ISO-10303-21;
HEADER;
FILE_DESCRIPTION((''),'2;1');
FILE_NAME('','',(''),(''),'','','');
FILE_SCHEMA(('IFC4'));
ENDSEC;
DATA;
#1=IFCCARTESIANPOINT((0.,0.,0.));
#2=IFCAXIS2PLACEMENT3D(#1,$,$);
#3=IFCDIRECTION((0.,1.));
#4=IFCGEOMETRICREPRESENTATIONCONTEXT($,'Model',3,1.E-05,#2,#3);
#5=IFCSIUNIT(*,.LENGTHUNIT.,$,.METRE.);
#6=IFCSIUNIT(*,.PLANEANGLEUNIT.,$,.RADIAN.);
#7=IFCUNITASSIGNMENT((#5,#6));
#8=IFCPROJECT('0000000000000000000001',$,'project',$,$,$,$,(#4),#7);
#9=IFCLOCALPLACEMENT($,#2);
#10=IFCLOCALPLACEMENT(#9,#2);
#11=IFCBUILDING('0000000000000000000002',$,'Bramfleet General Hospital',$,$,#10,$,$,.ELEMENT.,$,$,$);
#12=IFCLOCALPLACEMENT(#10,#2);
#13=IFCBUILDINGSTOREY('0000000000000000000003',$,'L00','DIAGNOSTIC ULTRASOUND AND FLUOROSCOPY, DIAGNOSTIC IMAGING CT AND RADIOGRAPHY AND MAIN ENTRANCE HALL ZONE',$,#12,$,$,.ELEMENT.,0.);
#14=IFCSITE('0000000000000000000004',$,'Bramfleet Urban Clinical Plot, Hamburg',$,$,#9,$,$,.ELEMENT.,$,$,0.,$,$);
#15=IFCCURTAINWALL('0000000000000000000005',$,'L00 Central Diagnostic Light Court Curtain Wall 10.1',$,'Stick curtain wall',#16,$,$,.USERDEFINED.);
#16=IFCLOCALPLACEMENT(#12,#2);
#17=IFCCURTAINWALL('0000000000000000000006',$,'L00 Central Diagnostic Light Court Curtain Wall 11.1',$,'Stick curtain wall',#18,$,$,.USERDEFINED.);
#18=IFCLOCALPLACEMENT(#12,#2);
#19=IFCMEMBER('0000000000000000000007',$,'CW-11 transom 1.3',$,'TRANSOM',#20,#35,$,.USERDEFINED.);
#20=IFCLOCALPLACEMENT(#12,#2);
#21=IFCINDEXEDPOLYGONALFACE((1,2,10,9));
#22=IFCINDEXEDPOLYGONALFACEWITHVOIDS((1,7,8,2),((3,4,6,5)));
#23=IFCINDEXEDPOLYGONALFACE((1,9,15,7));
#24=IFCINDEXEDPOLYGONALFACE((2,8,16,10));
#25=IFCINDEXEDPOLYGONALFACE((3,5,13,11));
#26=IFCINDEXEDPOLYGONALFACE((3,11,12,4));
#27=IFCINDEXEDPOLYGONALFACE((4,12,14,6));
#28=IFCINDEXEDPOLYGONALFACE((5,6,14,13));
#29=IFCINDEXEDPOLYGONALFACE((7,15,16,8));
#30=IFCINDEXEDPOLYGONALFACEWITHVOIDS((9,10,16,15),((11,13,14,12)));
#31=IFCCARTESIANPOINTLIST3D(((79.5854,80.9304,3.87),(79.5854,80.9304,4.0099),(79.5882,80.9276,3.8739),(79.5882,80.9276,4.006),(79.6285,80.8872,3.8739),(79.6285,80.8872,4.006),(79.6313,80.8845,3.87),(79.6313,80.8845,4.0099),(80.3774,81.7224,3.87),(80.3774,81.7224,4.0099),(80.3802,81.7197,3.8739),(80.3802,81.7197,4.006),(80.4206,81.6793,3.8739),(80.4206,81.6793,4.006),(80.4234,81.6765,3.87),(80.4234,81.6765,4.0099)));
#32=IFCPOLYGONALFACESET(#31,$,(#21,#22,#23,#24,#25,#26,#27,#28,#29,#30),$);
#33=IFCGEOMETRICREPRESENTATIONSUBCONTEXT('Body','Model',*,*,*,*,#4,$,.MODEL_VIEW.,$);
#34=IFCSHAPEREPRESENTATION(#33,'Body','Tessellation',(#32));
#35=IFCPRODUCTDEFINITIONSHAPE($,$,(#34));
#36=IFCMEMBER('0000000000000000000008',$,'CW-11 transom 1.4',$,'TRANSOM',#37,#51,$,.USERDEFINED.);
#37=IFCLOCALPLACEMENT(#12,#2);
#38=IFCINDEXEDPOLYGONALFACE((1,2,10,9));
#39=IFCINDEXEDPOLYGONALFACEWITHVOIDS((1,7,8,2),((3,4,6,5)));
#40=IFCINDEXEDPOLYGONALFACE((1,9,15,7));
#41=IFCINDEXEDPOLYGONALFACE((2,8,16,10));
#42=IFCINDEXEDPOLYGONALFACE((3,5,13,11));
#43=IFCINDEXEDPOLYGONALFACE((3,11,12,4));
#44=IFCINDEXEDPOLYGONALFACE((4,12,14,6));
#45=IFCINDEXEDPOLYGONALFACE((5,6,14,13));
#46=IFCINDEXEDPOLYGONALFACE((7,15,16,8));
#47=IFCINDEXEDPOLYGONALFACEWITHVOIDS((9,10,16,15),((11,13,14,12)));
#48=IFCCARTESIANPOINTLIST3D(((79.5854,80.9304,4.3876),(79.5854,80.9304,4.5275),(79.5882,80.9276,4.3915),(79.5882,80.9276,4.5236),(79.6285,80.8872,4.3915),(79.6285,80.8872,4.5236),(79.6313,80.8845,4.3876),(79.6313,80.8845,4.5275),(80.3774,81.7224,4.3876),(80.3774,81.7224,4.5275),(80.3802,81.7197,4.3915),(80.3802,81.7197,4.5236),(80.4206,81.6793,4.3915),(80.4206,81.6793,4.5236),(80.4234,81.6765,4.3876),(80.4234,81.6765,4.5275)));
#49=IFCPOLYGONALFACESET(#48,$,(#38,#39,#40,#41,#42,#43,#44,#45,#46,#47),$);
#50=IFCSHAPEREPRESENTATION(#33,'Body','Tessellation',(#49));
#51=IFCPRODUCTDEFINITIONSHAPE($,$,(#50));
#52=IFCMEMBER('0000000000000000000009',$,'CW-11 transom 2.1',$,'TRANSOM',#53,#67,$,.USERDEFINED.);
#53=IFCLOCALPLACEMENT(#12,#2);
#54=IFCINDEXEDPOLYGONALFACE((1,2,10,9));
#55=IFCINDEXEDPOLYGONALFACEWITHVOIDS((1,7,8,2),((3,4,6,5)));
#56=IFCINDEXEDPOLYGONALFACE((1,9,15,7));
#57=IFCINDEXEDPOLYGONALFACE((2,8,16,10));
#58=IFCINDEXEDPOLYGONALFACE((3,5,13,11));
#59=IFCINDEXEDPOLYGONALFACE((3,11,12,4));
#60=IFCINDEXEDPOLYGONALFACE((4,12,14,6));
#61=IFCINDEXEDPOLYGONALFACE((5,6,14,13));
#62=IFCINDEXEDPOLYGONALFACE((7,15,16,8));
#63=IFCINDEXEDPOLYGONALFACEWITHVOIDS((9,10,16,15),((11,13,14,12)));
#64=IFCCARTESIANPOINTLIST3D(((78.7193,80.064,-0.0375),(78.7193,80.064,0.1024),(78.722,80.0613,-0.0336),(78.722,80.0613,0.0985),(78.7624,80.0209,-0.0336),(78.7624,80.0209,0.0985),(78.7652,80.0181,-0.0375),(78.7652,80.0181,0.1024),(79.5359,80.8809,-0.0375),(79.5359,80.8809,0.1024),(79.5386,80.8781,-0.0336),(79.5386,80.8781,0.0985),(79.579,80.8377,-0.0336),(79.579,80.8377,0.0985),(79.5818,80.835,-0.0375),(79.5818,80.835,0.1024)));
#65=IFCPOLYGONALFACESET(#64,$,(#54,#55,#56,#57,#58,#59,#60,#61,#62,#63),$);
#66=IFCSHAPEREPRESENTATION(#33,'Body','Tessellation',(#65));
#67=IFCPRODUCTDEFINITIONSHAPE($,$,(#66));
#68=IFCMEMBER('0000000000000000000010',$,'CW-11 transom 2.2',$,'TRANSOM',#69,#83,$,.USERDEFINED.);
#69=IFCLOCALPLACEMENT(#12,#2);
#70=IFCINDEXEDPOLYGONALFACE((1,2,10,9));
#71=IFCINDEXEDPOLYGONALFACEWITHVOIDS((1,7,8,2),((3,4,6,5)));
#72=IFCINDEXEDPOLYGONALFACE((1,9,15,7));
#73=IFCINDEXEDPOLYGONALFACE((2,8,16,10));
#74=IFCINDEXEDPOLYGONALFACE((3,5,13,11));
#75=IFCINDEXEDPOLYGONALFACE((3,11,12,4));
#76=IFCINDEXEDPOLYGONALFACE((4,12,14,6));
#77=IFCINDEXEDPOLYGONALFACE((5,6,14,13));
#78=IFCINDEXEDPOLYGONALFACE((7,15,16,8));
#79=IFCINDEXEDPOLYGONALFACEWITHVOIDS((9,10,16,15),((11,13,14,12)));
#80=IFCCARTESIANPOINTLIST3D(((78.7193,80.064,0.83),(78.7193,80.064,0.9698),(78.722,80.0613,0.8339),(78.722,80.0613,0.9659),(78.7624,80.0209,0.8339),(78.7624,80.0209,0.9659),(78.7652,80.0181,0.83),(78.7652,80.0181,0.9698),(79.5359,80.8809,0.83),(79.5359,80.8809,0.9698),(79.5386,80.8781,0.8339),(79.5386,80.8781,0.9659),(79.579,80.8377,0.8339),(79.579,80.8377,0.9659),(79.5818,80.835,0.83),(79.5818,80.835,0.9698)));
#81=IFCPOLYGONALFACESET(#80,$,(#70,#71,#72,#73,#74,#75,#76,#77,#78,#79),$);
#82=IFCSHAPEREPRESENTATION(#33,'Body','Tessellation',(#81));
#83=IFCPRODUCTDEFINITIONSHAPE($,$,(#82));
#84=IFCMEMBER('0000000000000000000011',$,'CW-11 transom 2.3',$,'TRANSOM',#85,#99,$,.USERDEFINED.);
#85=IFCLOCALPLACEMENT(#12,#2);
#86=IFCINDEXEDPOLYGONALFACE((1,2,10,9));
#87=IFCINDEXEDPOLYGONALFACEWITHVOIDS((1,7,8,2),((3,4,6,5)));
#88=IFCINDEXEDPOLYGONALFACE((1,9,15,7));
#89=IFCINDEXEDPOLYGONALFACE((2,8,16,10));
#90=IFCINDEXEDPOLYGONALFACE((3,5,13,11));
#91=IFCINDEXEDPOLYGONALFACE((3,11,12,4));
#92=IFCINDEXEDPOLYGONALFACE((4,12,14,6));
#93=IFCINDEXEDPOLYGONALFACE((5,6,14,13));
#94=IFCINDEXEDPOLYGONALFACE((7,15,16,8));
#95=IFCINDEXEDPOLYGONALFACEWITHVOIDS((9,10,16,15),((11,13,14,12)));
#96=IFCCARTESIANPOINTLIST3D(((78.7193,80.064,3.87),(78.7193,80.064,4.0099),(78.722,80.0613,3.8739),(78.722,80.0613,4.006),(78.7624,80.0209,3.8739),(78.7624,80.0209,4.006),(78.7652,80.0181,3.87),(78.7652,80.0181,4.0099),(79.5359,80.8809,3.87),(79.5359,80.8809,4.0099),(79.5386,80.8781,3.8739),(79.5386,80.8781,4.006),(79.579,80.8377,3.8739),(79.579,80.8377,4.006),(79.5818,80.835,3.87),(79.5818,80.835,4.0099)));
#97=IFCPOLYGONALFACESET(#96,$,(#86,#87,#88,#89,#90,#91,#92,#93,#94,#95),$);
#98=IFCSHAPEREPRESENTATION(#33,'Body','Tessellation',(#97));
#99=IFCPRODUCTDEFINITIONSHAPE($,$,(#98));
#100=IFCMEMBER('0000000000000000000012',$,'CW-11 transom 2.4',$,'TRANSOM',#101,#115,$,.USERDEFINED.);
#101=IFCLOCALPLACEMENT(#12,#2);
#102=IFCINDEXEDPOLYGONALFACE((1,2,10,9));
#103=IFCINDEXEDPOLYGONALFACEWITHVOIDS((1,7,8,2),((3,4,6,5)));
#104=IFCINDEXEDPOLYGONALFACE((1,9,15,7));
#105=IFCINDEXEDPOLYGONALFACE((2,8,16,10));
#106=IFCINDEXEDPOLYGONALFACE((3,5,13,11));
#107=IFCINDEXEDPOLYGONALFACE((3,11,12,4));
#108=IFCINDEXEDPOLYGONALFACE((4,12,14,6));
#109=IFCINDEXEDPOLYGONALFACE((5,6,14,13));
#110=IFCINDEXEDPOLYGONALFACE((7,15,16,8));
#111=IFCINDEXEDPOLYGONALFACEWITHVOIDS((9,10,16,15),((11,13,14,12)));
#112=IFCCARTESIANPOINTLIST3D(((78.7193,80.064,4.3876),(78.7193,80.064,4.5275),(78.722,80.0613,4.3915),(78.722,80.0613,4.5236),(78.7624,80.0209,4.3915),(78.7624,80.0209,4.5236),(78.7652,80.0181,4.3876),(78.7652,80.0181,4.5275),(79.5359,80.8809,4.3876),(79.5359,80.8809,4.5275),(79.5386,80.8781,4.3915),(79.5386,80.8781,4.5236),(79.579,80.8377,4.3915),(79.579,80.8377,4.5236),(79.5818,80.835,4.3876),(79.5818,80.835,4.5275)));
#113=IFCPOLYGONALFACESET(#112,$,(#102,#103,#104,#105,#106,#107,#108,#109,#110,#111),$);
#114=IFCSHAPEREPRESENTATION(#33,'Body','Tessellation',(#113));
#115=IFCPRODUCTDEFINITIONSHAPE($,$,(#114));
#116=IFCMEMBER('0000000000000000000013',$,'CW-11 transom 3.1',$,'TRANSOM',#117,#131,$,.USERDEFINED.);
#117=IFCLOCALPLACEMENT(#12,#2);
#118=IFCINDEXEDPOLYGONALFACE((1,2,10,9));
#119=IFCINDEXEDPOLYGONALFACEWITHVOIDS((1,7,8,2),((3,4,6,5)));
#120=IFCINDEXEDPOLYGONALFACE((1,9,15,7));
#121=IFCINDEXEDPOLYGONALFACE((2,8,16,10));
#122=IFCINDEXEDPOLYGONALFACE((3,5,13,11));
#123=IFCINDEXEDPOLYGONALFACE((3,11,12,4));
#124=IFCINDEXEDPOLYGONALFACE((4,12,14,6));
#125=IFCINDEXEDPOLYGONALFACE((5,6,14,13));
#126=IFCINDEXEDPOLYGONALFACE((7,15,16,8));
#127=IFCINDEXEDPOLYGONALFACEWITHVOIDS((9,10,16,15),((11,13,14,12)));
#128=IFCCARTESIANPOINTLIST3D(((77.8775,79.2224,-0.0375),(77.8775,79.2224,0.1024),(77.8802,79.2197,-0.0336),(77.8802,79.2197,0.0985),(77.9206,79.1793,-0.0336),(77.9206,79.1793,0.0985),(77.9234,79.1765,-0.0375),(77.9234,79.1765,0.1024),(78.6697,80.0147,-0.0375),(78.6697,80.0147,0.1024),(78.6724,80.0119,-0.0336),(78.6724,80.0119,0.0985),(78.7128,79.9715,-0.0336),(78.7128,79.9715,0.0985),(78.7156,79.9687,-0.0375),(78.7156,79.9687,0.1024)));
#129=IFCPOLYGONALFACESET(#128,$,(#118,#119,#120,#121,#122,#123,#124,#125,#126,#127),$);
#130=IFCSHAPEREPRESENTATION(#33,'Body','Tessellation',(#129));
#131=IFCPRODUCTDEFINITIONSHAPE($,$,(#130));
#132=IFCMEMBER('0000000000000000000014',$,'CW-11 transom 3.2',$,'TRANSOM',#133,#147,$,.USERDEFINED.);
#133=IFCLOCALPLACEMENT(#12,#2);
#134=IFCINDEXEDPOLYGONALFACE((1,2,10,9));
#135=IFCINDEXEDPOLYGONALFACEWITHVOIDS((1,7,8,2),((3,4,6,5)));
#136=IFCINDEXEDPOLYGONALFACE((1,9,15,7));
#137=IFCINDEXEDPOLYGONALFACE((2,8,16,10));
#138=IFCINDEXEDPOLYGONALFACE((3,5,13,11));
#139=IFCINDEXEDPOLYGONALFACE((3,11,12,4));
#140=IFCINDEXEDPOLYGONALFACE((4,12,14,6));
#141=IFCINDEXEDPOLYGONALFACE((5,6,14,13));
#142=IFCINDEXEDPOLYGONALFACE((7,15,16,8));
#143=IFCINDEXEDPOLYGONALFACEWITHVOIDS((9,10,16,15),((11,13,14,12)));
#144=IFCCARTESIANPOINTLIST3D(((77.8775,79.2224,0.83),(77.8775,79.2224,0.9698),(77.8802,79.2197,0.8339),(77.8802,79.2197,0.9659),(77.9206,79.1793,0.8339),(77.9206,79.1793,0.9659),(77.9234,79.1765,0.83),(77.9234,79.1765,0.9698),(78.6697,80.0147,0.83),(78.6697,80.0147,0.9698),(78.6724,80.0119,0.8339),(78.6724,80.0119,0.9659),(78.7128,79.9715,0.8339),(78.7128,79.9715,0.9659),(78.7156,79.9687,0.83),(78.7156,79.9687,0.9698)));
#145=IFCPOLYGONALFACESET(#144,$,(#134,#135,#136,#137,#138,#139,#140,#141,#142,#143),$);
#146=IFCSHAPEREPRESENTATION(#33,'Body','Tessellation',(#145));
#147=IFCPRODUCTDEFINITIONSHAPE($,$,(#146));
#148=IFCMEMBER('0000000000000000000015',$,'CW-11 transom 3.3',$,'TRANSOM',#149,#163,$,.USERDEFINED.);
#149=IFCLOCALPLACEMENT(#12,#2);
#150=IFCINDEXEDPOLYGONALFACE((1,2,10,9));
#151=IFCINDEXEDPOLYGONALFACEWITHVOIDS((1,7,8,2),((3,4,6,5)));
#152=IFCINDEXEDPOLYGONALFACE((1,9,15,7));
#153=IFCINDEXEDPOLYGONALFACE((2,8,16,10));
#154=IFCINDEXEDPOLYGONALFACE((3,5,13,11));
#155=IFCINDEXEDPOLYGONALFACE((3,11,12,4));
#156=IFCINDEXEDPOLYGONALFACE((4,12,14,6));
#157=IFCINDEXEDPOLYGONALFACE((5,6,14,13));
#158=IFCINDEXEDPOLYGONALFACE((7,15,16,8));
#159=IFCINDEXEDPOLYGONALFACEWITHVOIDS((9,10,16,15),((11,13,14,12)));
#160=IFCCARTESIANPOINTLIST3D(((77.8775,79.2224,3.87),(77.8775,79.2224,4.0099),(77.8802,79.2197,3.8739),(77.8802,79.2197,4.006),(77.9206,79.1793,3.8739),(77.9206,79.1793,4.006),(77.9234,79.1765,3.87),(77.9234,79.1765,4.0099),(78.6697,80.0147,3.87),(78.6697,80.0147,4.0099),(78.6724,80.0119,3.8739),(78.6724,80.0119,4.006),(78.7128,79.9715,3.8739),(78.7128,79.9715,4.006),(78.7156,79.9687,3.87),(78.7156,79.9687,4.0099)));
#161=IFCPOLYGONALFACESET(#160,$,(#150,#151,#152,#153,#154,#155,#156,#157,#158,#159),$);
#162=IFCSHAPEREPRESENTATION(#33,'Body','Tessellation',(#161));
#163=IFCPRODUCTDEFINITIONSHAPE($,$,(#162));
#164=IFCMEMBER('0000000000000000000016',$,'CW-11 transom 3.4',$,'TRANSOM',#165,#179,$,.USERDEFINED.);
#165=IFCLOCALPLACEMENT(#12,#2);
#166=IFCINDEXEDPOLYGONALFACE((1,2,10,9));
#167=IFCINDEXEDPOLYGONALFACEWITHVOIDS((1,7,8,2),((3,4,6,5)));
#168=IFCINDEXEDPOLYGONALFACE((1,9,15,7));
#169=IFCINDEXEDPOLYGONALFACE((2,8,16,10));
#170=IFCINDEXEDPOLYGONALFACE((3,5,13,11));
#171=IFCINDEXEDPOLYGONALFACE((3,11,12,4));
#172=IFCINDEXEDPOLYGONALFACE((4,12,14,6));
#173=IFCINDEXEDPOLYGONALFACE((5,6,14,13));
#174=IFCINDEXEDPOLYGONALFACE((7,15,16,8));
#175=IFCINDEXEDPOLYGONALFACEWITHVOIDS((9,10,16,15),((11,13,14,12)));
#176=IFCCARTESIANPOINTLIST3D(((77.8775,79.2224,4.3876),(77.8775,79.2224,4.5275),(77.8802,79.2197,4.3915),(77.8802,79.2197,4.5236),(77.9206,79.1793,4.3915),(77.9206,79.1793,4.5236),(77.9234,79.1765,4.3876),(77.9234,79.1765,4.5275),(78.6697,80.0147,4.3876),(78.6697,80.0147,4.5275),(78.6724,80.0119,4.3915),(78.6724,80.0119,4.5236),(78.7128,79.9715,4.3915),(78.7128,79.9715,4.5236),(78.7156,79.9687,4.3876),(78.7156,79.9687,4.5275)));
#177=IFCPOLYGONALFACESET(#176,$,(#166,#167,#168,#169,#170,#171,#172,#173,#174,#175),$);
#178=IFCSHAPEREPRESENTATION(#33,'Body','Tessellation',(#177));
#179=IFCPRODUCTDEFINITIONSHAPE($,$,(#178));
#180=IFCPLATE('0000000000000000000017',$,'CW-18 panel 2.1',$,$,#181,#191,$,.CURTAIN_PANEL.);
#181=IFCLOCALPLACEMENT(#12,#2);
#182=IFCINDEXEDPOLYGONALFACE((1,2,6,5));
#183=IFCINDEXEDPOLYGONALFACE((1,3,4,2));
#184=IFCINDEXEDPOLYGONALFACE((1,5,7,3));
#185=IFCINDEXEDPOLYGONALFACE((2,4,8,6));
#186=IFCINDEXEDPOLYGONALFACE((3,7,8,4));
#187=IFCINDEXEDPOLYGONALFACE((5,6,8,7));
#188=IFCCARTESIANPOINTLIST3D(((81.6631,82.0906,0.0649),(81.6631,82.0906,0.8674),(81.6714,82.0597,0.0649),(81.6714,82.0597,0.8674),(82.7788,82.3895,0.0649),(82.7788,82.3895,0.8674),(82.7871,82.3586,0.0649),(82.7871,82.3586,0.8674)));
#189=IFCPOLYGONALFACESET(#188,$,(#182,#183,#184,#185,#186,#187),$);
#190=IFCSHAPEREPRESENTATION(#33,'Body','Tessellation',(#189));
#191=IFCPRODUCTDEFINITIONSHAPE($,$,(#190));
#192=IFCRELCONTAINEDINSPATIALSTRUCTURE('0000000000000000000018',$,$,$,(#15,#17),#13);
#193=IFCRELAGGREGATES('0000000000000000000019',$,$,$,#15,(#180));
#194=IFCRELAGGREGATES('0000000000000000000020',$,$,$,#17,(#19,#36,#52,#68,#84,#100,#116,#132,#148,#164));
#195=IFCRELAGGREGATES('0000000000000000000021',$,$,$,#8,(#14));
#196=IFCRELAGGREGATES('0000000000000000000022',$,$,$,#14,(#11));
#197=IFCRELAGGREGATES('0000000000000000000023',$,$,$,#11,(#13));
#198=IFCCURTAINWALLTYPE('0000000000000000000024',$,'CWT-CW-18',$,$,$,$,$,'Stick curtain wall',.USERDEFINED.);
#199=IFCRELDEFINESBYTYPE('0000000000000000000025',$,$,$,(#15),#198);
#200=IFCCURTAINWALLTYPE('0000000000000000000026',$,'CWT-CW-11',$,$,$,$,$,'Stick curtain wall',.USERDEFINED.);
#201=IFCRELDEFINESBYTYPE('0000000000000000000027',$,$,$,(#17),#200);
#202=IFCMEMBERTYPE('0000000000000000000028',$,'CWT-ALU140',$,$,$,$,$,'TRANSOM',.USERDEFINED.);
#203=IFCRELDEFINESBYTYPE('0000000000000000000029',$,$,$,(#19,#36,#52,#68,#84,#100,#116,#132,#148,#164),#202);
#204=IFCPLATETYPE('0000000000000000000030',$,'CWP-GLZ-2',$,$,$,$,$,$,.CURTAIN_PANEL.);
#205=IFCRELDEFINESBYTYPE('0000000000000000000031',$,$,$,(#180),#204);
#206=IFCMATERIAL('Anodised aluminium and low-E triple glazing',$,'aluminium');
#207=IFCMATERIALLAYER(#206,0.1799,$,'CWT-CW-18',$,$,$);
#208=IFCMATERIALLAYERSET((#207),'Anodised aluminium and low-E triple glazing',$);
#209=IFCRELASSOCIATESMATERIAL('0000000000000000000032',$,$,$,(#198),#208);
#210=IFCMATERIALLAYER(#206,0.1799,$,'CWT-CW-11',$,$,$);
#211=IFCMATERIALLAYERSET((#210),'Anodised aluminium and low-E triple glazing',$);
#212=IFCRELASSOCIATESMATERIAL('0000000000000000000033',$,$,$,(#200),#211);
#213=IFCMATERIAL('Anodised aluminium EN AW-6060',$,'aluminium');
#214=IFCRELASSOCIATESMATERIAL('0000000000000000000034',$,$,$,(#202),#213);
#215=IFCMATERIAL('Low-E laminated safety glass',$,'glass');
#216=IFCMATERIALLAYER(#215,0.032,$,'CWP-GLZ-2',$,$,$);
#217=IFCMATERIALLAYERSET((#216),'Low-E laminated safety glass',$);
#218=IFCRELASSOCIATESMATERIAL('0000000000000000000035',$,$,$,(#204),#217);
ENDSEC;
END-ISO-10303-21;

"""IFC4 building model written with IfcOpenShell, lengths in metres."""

from ifc_helpers import new_model, si_unit, direction, frame, origin, origin_2d, place, context, subcontext, project, spatial, rectangle, hollow_rectangle, extrude, material, layer, layer_set, material_profile, profile_set, type_object, element, aggregate, save


model = new_model("IFC4")

# Units and contexts
model_context = context("Model", 3, precision=1e-05, world=origin(), true_north=direction((0.0, 1.0)))
body_context = subcontext(model_context, "Body", "Model", "MODEL_VIEW")
ifc_project = project(units=[si_unit("LENGTHUNIT", "METRE"), si_unit("PLANEANGLEUNIT", "RADIAN")], contexts=[model_context])

# Site, building, storey
site_placement = place(None, origin())
site = spatial("IfcSite", under=ifc_project, at=site_placement, Name="Bramfleet Urban Clinical Plot, Hamburg", CompositionType="ELEMENT", RefElevation=0.0)
building_placement = place(site_placement, origin())
building = spatial("IfcBuilding", under=site, at=building_placement, Name="Bramfleet General Hospital", CompositionType="ELEMENT")
storey_placement = place(building_placement, origin())
storey = spatial("IfcBuildingStorey", under=building, at=storey_placement, Name="L00", Description="DIAGNOSTIC ULTRASOUND AND FLUOROSCOPY, DIAGNOSTIC IMAGING CT AND RADIOGRAPHY AND MAIN ENTRANCE HALL ZONE", CompositionType="ELEMENT", Elevation=0.0)

# Curtain walls
ifc_material_1 = material(Name="Anodised aluminium and low-E triple glazing", Category="aluminium")
ifc_layer_1 = layer(ifc_material_1, 0.1799, Name="CWT-CW-18")
ifc_layer_set_1 = layer_set([ifc_layer_1], Name="Anodised aluminium and low-E triple glazing")
curtain_wall_type_1 = type_object("IfcCurtainWallType", Name="CWT-CW-18", ElementType="Stick curtain wall", PredefinedType="USERDEFINED", material=ifc_layer_set_1)
curtain_wall_1_placement = place(storey_placement, origin())
curtain_wall_1 = element("IfcCurtainWall", 1, at=curtain_wall_1_placement, inside=storey, type_object=curtain_wall_type_1, Name="L00 Central Diagnostic Light Court Curtain Wall 10.1", ObjectType="Stick curtain wall", PredefinedType="USERDEFINED")
ifc_material_2 = material(Name="Anodised aluminium EN AW-6060", Category="aluminium")
ifc_layer_2 = layer(ifc_material_1, 0.1799, Name="CWT-CW-11")
ifc_layer_set_2 = layer_set([ifc_layer_2], Name="Anodised aluminium and low-E triple glazing")
curtain_wall_type_2 = type_object("IfcCurtainWallType", Name="CWT-CW-11", ElementType="Stick curtain wall", PredefinedType="USERDEFINED", material=ifc_layer_set_2)
curtain_wall_2_placement = place(storey_placement, origin())
curtain_wall_2 = element("IfcCurtainWall", 2, at=curtain_wall_2_placement, inside=storey, type_object=curtain_wall_type_2, Name="L00 Central Diagnostic Light Court Curtain Wall 11.1", ObjectType="Stick curtain wall", PredefinedType="USERDEFINED")

# Members
ifc_material_profile_1 = material_profile(ifc_material_2, hollow_rectangle(XDim=0.0649, YDim=0.1399, WallThickness=0.0039, at=origin_2d()), Name="ALU 140x65x4.0")
ifc_profile_set_1 = profile_set([ifc_material_profile_1], Name="Anodised aluminium EN AW-6060")
member_type_1 = type_object("IfcMemberType", Name="CWT-ALU140", ElementType="TRANSOM", PredefinedType="USERDEFINED", material=ifc_profile_set_1)
member_1_placement = place(storey_placement, frame((80.4004, 81.6995, 3.9399), z_axis=(-0.707107, -0.707107, 0.0), x_axis=(0.707107, -0.707107, 0.0)))
member_1 = element("IfcMember", 3, at=member_1_placement, type_object=member_type_1, Name="CW-11 transom 1.3", ObjectType="TRANSOM", PredefinedType="USERDEFINED", context=body_context, shape_type="SweptSolid", body=[
    extrude(hollow_rectangle(XDim=0.0649, YDim=0.1399, WallThickness=0.0039, at=origin_2d()), origin(), (0.0, 0.0, 1.0), 1.1201),
])
member_2_placement = place(storey_placement, frame((80.4004, 81.6995, 4.4575), z_axis=(-0.707107, -0.707107, 0.0), x_axis=(0.707107, -0.707107, 0.0)))
member_2 = element("IfcMember", 4, at=member_2_placement, type_object=member_type_1, Name="CW-11 transom 1.4", ObjectType="TRANSOM", PredefinedType="USERDEFINED", context=body_context, shape_type="SweptSolid", body=[
    extrude(hollow_rectangle(XDim=0.0649, YDim=0.1399, WallThickness=0.0039, at=origin_2d()), origin(), (0.0, 0.0, 1.0), 1.1201),
])
member_3_placement = place(storey_placement, frame((79.5588, 80.8579, 0.0325), z_axis=(-0.707001, -0.707212, 0.0), x_axis=(0.707212, -0.707001, 0.0)))
member_3 = element("IfcMember", 5, at=member_3_placement, type_object=member_type_1, Name="CW-11 transom 2.1", ObjectType="TRANSOM", PredefinedType="USERDEFINED", context=body_context, shape_type="SweptSolid", body=[
    extrude(hollow_rectangle(XDim=0.0649, YDim=0.1399, WallThickness=0.0039, at=origin_2d()), origin(), (0.0, 0.0, 1.0), 1.155),
])
member_4_placement = place(storey_placement, frame((79.5588, 80.8579, 0.8999), z_axis=(-0.707001, -0.707212, 0.0), x_axis=(0.707212, -0.707001, 0.0)))
member_4 = element("IfcMember", 6, at=member_4_placement, type_object=member_type_1, Name="CW-11 transom 2.2", ObjectType="TRANSOM", PredefinedType="USERDEFINED", context=body_context, shape_type="SweptSolid", body=[
    extrude(hollow_rectangle(XDim=0.0649, YDim=0.1399, WallThickness=0.0039, at=origin_2d()), origin(), (0.0, 0.0, 1.0), 1.155),
])
member_5_placement = place(storey_placement, frame((79.5588, 80.8579, 3.9399), z_axis=(-0.707001, -0.707212, 0.0), x_axis=(0.707212, -0.707001, 0.0)))
member_5 = element("IfcMember", 7, at=member_5_placement, type_object=member_type_1, Name="CW-11 transom 2.3", ObjectType="TRANSOM", PredefinedType="USERDEFINED", context=body_context, shape_type="SweptSolid", body=[
    extrude(hollow_rectangle(XDim=0.0649, YDim=0.1399, WallThickness=0.0039, at=origin_2d()), origin(), (0.0, 0.0, 1.0), 1.155),
])
member_6_placement = place(storey_placement, frame((79.5588, 80.8579, 4.4575), z_axis=(-0.707001, -0.707212, 0.0), x_axis=(0.707212, -0.707001, 0.0)))
member_6 = element("IfcMember", 8, at=member_6_placement, type_object=member_type_1, Name="CW-11 transom 2.4", ObjectType="TRANSOM", PredefinedType="USERDEFINED", context=body_context, shape_type="SweptSolid", body=[
    extrude(hollow_rectangle(XDim=0.0649, YDim=0.1399, WallThickness=0.0039, at=origin_2d()), origin(), (0.0, 0.0, 1.0), 1.155),
])
member_7_placement = place(storey_placement, frame((78.6926, 79.9917, 0.0325), z_axis=(-0.707107, -0.707107, 0.0), x_axis=(0.707107, -0.707107, 0.0)))
member_7 = element("IfcMember", 9, at=member_7_placement, type_object=member_type_1, Name="CW-11 transom 3.1", ObjectType="TRANSOM", PredefinedType="USERDEFINED", context=body_context, shape_type="SweptSolid", body=[
    extrude(hollow_rectangle(XDim=0.0649, YDim=0.1399, WallThickness=0.0039, at=origin_2d()), origin(), (0.0, 0.0, 1.0), 1.1204),
])
member_8_placement = place(storey_placement, frame((78.6926, 79.9917, 0.8999), z_axis=(-0.707107, -0.707107, 0.0), x_axis=(0.707107, -0.707107, 0.0)))
member_8 = element("IfcMember", 10, at=member_8_placement, type_object=member_type_1, Name="CW-11 transom 3.2", ObjectType="TRANSOM", PredefinedType="USERDEFINED", context=body_context, shape_type="SweptSolid", body=[
    extrude(hollow_rectangle(XDim=0.0649, YDim=0.1399, WallThickness=0.0039, at=origin_2d()), origin(), (0.0, 0.0, 1.0), 1.1204),
])
member_9_placement = place(storey_placement, frame((78.6926, 79.9917, 3.9399), z_axis=(-0.707107, -0.707107, 0.0), x_axis=(0.707107, -0.707107, 0.0)))
member_9 = element("IfcMember", 11, at=member_9_placement, type_object=member_type_1, Name="CW-11 transom 3.3", ObjectType="TRANSOM", PredefinedType="USERDEFINED", context=body_context, shape_type="SweptSolid", body=[
    extrude(hollow_rectangle(XDim=0.0649, YDim=0.1399, WallThickness=0.0039, at=origin_2d()), origin(), (0.0, 0.0, 1.0), 1.1204),
])
member_10_placement = place(storey_placement, frame((78.6926, 79.9917, 4.4575), z_axis=(-0.707107, -0.707107, 0.0), x_axis=(0.707107, -0.707107, 0.0)))
member_10 = element("IfcMember", 12, at=member_10_placement, type_object=member_type_1, Name="CW-11 transom 3.4", ObjectType="TRANSOM", PredefinedType="USERDEFINED", context=body_context, shape_type="SweptSolid", body=[
    extrude(hollow_rectangle(XDim=0.0649, YDim=0.1399, WallThickness=0.0039, at=origin_2d()), origin(), (0.0, 0.0, 1.0), 1.1204),
])

# Plate
ifc_material_3 = material(Name="Low-E laminated safety glass", Category="glass")
ifc_layer_3 = layer(ifc_material_3, 0.032, Name="CWP-GLZ-2")
ifc_layer_set_3 = layer_set([ifc_layer_3], Name="Low-E laminated safety glass")
plate_type = type_object("IfcPlateType", Name="CWP-GLZ-2", PredefinedType="CURTAIN_PANEL", material=ifc_layer_set_3)
plate_1_placement = place(storey_placement, frame((82.2251, 82.2246, 0.0649), z_axis=(0.0, 0.0, 1.0), x_axis=(-0.965941, -0.258763, 0.0)))
plate_1 = element("IfcPlate", 13, at=plate_1_placement, type_object=plate_type, Name="CW-18 panel 2.1", PredefinedType="CURTAIN_PANEL", context=body_context, shape_type="SweptSolid", body=[
    extrude(rectangle(XDim=1.155, YDim=0.032, at=origin_2d()), origin(), (0.0, 0.0, 1.0), 0.8025),
])
aggregate(curtain_wall_1, [plate_1])
aggregate(curtain_wall_2, [member_1, member_2, member_3, member_4, member_5, member_6, member_7, member_8, member_9, member_10])

save(model, "model.ifc")
